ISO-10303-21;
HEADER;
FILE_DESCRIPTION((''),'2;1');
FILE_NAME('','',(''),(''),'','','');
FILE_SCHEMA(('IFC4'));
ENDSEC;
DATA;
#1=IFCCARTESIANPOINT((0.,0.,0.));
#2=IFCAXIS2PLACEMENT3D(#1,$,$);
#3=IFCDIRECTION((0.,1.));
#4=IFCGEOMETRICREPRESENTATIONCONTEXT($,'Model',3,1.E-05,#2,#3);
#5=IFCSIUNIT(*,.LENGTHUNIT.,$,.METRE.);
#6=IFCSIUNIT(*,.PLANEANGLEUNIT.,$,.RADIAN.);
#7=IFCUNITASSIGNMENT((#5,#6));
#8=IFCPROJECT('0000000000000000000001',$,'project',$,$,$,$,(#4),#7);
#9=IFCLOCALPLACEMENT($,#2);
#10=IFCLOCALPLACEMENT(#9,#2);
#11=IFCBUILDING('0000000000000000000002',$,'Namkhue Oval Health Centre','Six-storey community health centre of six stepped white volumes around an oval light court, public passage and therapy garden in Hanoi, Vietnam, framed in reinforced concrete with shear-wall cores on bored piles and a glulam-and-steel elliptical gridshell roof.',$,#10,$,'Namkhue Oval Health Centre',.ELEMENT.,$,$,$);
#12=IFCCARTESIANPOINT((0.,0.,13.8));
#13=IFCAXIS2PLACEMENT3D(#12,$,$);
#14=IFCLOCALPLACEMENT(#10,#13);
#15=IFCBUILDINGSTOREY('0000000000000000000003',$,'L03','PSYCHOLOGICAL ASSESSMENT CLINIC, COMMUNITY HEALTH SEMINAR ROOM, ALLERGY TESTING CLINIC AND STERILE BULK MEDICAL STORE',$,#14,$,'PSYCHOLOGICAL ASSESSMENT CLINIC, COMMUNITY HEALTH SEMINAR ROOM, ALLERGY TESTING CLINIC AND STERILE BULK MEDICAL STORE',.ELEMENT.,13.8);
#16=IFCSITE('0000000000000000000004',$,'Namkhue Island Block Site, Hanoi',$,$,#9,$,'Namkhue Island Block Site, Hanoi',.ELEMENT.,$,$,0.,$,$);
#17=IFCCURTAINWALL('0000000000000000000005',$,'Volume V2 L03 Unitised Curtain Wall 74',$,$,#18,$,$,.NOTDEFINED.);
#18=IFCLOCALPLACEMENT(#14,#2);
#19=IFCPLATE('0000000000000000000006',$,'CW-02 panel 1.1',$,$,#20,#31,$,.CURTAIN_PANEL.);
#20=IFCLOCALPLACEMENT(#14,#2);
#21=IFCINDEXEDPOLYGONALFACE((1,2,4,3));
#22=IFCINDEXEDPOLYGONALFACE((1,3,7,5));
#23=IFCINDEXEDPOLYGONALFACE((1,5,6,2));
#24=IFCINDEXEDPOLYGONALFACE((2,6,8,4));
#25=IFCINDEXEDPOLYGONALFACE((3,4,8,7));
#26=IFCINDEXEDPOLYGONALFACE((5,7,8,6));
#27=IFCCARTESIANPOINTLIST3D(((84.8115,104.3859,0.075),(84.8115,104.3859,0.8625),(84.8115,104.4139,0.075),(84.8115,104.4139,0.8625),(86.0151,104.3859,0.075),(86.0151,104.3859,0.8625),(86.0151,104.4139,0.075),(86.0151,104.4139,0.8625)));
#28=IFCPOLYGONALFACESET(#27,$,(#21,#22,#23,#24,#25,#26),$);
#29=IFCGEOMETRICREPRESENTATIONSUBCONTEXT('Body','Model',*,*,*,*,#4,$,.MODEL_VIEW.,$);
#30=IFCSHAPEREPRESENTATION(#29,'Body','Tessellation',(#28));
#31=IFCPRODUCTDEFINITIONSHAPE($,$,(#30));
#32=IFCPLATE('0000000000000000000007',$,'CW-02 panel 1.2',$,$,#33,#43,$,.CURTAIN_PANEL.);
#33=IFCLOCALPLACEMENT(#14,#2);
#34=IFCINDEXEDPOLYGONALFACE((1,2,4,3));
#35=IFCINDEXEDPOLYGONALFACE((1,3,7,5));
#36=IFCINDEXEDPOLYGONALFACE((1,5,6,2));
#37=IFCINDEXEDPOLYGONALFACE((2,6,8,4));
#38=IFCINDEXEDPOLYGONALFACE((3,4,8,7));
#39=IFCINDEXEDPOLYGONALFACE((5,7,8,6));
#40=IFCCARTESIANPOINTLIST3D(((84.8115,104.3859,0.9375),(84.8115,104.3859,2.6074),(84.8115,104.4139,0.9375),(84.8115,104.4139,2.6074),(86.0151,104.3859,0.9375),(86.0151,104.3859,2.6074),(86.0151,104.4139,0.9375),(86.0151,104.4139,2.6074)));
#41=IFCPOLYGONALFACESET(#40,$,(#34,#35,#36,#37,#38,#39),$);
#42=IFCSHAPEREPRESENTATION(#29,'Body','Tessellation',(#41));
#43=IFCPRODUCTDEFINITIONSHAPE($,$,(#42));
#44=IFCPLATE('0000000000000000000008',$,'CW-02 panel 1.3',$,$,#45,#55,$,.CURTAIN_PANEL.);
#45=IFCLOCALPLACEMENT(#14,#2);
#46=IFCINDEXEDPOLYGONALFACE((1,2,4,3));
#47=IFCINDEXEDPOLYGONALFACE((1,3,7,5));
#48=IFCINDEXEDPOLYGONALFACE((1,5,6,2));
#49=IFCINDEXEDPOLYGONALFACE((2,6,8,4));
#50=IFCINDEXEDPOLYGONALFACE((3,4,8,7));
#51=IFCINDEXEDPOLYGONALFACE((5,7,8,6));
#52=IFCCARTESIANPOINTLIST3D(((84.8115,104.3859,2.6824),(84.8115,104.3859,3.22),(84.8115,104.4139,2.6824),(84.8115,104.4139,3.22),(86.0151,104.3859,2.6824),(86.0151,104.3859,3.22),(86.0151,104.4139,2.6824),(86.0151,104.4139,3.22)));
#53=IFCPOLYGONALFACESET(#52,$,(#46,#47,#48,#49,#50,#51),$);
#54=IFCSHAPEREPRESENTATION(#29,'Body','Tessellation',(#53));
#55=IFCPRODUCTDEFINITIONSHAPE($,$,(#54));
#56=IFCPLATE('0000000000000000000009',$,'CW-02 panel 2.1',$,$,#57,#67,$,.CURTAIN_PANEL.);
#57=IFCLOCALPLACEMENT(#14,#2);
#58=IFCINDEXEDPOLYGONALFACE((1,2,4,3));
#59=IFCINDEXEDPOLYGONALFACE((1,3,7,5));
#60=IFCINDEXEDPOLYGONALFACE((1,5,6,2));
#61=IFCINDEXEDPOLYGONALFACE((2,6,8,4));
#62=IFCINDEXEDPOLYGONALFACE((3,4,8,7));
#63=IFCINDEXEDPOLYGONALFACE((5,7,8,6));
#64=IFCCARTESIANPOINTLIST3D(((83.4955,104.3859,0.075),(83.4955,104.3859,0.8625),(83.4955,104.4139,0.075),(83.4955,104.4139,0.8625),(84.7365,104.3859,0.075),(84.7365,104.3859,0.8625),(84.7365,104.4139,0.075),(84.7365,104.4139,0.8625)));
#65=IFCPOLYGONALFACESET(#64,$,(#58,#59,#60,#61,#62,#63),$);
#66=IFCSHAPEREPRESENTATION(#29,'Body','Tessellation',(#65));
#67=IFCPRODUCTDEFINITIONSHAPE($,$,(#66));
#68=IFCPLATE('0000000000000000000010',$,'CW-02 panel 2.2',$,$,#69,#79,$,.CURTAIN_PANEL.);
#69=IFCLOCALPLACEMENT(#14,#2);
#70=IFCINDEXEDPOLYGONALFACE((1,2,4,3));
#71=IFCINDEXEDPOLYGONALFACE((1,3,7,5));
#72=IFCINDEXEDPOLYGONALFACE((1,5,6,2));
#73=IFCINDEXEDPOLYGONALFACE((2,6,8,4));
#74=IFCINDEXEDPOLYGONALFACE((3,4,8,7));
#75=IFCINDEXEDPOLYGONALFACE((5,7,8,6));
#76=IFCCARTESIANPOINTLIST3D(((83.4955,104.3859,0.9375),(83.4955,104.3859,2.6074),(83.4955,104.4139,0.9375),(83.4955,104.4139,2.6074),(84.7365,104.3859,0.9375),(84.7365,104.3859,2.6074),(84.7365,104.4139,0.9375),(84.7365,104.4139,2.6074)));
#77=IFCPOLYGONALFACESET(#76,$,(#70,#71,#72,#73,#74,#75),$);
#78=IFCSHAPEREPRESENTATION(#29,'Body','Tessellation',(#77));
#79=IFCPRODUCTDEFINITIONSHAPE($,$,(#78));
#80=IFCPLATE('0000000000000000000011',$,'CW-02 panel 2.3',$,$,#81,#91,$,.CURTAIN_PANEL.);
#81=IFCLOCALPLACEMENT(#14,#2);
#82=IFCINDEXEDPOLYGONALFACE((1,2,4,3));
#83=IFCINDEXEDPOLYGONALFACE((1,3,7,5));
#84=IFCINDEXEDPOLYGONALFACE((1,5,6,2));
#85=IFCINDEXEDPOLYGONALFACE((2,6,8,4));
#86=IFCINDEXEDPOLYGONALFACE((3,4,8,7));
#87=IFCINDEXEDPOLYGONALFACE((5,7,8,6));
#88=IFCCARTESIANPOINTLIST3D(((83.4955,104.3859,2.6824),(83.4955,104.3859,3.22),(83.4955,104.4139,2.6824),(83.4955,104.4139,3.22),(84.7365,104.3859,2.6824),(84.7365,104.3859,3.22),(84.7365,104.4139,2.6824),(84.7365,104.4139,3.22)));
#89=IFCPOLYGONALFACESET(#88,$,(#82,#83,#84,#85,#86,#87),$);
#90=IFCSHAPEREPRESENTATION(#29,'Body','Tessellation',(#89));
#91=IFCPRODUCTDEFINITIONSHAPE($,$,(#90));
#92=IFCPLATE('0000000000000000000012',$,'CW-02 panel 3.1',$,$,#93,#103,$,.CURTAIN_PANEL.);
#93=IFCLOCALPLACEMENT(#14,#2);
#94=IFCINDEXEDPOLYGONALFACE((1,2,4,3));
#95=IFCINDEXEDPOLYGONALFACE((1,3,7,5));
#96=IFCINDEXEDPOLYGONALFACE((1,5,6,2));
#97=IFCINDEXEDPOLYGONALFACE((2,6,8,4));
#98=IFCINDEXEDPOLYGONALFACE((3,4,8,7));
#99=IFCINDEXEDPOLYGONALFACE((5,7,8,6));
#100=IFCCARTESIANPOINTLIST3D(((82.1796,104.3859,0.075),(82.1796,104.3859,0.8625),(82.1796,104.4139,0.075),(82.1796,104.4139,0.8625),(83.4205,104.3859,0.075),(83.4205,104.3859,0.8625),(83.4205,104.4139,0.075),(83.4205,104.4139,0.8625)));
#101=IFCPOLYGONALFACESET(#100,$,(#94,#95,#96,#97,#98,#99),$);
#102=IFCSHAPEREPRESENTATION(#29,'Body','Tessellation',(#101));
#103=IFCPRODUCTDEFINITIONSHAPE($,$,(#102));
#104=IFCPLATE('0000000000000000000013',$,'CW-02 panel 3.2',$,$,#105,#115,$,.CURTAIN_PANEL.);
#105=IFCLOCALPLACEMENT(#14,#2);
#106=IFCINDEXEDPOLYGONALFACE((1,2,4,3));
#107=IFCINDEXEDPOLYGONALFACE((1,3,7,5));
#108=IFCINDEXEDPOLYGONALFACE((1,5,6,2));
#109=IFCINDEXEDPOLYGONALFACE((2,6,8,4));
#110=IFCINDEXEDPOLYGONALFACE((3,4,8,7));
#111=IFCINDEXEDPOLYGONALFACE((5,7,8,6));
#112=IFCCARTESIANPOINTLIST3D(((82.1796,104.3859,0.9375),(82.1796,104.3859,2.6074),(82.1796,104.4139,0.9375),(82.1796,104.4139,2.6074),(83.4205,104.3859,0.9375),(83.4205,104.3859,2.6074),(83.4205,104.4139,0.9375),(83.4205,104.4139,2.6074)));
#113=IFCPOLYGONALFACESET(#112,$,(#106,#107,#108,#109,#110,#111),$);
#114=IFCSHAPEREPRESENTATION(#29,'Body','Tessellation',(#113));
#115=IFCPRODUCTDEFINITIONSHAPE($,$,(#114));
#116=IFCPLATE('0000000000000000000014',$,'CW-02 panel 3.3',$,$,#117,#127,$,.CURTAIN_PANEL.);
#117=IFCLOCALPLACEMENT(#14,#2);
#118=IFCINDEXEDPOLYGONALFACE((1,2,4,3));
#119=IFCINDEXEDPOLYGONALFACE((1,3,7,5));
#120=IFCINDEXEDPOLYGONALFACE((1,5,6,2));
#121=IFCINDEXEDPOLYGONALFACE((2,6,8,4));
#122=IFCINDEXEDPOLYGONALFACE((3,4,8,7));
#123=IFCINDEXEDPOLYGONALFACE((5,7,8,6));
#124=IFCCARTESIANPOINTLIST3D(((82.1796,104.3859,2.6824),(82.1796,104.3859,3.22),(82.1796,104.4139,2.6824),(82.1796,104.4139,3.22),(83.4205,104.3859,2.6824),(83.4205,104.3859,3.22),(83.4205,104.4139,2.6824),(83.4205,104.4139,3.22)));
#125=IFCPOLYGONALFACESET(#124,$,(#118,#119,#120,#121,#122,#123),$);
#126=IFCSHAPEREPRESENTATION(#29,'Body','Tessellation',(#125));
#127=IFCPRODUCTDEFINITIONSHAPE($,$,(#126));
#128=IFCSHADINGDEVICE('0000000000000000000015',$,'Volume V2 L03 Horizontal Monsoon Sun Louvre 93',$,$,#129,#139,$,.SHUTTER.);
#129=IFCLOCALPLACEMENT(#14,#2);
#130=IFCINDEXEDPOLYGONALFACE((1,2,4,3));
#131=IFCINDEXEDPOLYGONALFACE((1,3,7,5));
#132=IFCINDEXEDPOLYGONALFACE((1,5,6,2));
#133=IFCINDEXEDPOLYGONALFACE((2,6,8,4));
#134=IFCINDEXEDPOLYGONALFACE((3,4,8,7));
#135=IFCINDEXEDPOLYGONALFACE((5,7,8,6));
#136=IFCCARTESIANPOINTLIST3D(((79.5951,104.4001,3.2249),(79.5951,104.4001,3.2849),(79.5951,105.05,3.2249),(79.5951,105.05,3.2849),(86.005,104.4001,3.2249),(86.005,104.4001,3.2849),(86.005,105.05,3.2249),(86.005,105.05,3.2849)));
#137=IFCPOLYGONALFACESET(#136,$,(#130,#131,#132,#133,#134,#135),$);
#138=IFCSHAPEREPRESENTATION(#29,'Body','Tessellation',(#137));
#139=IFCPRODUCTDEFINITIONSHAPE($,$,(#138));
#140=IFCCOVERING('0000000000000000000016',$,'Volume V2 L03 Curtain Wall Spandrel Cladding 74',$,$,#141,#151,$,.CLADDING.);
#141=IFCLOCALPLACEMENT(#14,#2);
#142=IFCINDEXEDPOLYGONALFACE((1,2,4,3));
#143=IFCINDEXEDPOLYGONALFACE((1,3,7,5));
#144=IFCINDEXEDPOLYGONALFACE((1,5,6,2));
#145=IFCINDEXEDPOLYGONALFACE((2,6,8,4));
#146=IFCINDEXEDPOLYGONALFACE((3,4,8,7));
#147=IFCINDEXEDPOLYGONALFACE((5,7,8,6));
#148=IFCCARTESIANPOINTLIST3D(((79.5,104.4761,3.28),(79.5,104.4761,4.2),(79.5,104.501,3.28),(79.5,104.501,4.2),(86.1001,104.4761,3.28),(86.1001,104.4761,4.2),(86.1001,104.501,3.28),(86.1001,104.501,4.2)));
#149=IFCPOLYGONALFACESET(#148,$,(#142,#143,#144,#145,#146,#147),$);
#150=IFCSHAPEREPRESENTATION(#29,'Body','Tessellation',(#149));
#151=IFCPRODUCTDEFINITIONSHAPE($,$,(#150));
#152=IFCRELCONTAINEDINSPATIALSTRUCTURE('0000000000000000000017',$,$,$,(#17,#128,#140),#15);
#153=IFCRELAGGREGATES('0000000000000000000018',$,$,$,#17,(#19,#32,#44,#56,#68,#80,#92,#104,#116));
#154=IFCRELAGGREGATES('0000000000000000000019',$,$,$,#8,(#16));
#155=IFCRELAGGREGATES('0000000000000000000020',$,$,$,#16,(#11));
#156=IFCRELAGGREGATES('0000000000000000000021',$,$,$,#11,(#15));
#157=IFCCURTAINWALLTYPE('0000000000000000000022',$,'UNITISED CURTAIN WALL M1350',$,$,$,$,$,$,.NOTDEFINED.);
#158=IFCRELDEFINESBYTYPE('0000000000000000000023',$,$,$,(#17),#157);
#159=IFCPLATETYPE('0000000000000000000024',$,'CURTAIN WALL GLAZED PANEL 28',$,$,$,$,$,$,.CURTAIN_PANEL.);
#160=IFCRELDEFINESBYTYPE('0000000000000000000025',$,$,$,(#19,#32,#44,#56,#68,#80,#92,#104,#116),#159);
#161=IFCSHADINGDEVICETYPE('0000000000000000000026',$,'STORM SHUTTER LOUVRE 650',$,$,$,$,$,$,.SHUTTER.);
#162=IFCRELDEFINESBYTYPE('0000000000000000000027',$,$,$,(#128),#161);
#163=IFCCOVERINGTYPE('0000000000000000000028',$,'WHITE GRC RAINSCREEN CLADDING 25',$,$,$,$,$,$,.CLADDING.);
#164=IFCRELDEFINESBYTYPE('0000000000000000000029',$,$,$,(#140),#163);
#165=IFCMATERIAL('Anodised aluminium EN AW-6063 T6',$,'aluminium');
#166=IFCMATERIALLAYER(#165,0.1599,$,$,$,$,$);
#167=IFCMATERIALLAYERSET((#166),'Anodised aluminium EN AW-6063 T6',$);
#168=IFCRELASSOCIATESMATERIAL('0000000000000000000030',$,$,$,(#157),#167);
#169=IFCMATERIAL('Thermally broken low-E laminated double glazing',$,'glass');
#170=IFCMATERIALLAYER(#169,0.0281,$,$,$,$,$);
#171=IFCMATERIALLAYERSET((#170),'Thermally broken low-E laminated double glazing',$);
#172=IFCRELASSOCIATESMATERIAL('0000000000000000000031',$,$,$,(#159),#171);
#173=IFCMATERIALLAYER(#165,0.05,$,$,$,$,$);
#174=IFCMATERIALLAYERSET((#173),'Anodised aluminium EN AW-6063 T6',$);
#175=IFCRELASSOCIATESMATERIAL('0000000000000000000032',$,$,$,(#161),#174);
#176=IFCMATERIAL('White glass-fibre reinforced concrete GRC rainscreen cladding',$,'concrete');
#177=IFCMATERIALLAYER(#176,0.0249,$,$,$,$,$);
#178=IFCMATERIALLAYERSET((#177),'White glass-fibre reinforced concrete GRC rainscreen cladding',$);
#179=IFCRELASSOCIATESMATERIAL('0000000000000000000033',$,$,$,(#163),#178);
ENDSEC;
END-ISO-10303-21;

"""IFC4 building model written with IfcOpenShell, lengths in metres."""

from ifc_helpers import new_model, si_unit, direction, frame, origin, origin_2d, place, context, subcontext, project, spatial, rectangle, extrude, material, layer, layer_set, type_object, element, aggregate, save


model = new_model("IFC4")

# Units and contexts
model_context = context("Model", 3, precision=1e-05, world=origin(), true_north=direction((0.0, 1.0)))
body_context = subcontext(model_context, "Body", "Model", "MODEL_VIEW")
ifc_project = project(units=[si_unit("LENGTHUNIT", "METRE"), si_unit("PLANEANGLEUNIT", "RADIAN")], contexts=[model_context])

# Site, building, storey
site_placement = place(None, origin())
site = spatial("IfcSite", under=ifc_project, at=site_placement, Name="Namkhue Island Block Site, Hanoi", LongName="Namkhue Island Block Site, Hanoi", CompositionType="ELEMENT", RefElevation=0.0)
building_placement = place(site_placement, origin())
building = spatial("IfcBuilding", under=site, at=building_placement, Name="Namkhue Oval Health Centre", Description="Six-storey community health centre of six stepped white volumes around an oval light court, public passage and therapy garden in Hanoi, Vietnam, framed in reinforced concrete with shear-wall cores on bored piles and a glulam-and-steel elliptical gridshell roof.", LongName="Namkhue Oval Health Centre", CompositionType="ELEMENT")
storey_placement = place(building_placement, frame((0.0, 0.0, 13.8)))
storey = spatial("IfcBuildingStorey", under=building, at=storey_placement, Name="L03", Description="PSYCHOLOGICAL ASSESSMENT CLINIC, COMMUNITY HEALTH SEMINAR ROOM, ALLERGY TESTING CLINIC AND STERILE BULK MEDICAL STORE", LongName="PSYCHOLOGICAL ASSESSMENT CLINIC, COMMUNITY HEALTH SEMINAR ROOM, ALLERGY TESTING CLINIC AND STERILE BULK MEDICAL STORE", CompositionType="ELEMENT", Elevation=13.8)

# Curtain wall
ifc_material_1 = material(Name="Anodised aluminium EN AW-6063 T6", Category="aluminium")
ifc_layer_1 = layer(ifc_material_1, 0.1599)
ifc_layer_set_1 = layer_set([ifc_layer_1], Name="Anodised aluminium EN AW-6063 T6")
curtain_wall_type_1 = type_object("IfcCurtainWallType", Name="UNITISED CURTAIN WALL M1350", PredefinedType="NOTDEFINED", material=ifc_layer_set_1)
curtain_wall_1_placement = place(storey_placement, origin())
curtain_wall_1 = element("IfcCurtainWall", 1, at=curtain_wall_1_placement, inside=storey, type_object=curtain_wall_type_1, Name="Volume V2 L03 Unitised Curtain Wall 74", PredefinedType="NOTDEFINED")

# Plates
ifc_material_2 = material(Name="Thermally broken low-E laminated double glazing", Category="glass")
ifc_layer_2 = layer(ifc_material_2, 0.0281)
ifc_layer_set_2 = layer_set([ifc_layer_2], Name="Thermally broken low-E laminated double glazing")
plate_type_1 = type_object("IfcPlateType", Name="CURTAIN WALL GLAZED PANEL 28", PredefinedType="CURTAIN_PANEL", material=ifc_layer_set_2)
plate_1_placement = place(storey_placement, frame((85.4133, 104.3999, 0.075), z_axis=(0.0, 0.0, 1.0), x_axis=(-1.0, 0.0, 0.0)))
plate_1 = element("IfcPlate", 2, at=plate_1_placement, type_object=plate_type_1, Name="CW-02 panel 1.1", PredefinedType="CURTAIN_PANEL", context=body_context, shape_type="SweptSolid", body=[
    extrude(rectangle(XDim=1.2036, YDim=0.0281, at=origin_2d()), origin(), (0.0, 0.0, 1.0), 0.7876),
])
plate_2_placement = place(storey_placement, frame((85.4133, 104.3999, 0.9375), z_axis=(0.0, 0.0, 1.0), x_axis=(-1.0, 0.0, 0.0)))
plate_2 = element("IfcPlate", 3, at=plate_2_placement, type_object=plate_type_1, Name="CW-02 panel 1.2", PredefinedType="CURTAIN_PANEL", context=body_context, shape_type="SweptSolid", body=[
    extrude(rectangle(XDim=1.2036, YDim=0.0281, at=origin_2d()), origin(), (0.0, 0.0, 1.0), 1.6699),
])
plate_3_placement = place(storey_placement, frame((85.4133, 104.3999, 2.6824), z_axis=(0.0, 0.0, 1.0), x_axis=(-1.0, 0.0, 0.0)))
plate_3 = element("IfcPlate", 4, at=plate_3_placement, type_object=plate_type_1, Name="CW-02 panel 1.3", PredefinedType="CURTAIN_PANEL", context=body_context, shape_type="SweptSolid", body=[
    extrude(rectangle(XDim=1.2036, YDim=0.0281, at=origin_2d()), origin(), (0.0, 0.0, 1.0), 0.5376),
])
plate_4_placement = place(storey_placement, frame((84.116, 104.3999, 0.075), z_axis=(0.0, 0.0, 1.0), x_axis=(-1.0, 0.0, 0.0)))
plate_4 = element("IfcPlate", 5, at=plate_4_placement, type_object=plate_type_1, Name="CW-02 panel 2.1", PredefinedType="CURTAIN_PANEL", context=body_context, shape_type="SweptSolid", body=[
    extrude(rectangle(XDim=1.241, YDim=0.0281, at=origin_2d()), origin(), (0.0, 0.0, 1.0), 0.7876),
])
plate_5_placement = place(storey_placement, frame((84.116, 104.3999, 0.9375), z_axis=(0.0, 0.0, 1.0), x_axis=(-1.0, 0.0, 0.0)))
plate_5 = element("IfcPlate", 6, at=plate_5_placement, type_object=plate_type_1, Name="CW-02 panel 2.2", PredefinedType="CURTAIN_PANEL", context=body_context, shape_type="SweptSolid", body=[
    extrude(rectangle(XDim=1.241, YDim=0.0281, at=origin_2d()), origin(), (0.0, 0.0, 1.0), 1.6699),
])
plate_6_placement = place(storey_placement, frame((84.116, 104.3999, 2.6824), z_axis=(0.0, 0.0, 1.0), x_axis=(-1.0, 0.0, 0.0)))
plate_6 = element("IfcPlate", 7, at=plate_6_placement, type_object=plate_type_1, Name="CW-02 panel 2.3", PredefinedType="CURTAIN_PANEL", context=body_context, shape_type="SweptSolid", body=[
    extrude(rectangle(XDim=1.241, YDim=0.0281, at=origin_2d()), origin(), (0.0, 0.0, 1.0), 0.5376),
])
plate_7_placement = place(storey_placement, frame((82.8, 104.3999, 0.075), z_axis=(0.0, 0.0, 1.0), x_axis=(-1.0, 0.0, 0.0)))
plate_7 = element("IfcPlate", 8, at=plate_7_placement, type_object=plate_type_1, Name="CW-02 panel 3.1", PredefinedType="CURTAIN_PANEL", context=body_context, shape_type="SweptSolid", body=[
    extrude(rectangle(XDim=1.241, YDim=0.0281, at=origin_2d()), origin(), (0.0, 0.0, 1.0), 0.7876),
])
plate_8_placement = place(storey_placement, frame((82.8, 104.3999, 0.9375), z_axis=(0.0, 0.0, 1.0), x_axis=(-1.0, 0.0, 0.0)))
plate_8 = element("IfcPlate", 9, at=plate_8_placement, type_object=plate_type_1, Name="CW-02 panel 3.2", PredefinedType="CURTAIN_PANEL", context=body_context, shape_type="SweptSolid", body=[
    extrude(rectangle(XDim=1.241, YDim=0.0281, at=origin_2d()), origin(), (0.0, 0.0, 1.0), 1.6699),
])
plate_9_placement = place(storey_placement, frame((82.8, 104.3999, 2.6824), z_axis=(0.0, 0.0, 1.0), x_axis=(-1.0, 0.0, 0.0)))
plate_9 = element("IfcPlate", 10, at=plate_9_placement, type_object=plate_type_1, Name="CW-02 panel 3.3", PredefinedType="CURTAIN_PANEL", context=body_context, shape_type="SweptSolid", body=[
    extrude(rectangle(XDim=1.241, YDim=0.0281, at=origin_2d()), origin(), (0.0, 0.0, 1.0), 0.5376),
])
aggregate(curtain_wall_1, [plate_1, plate_2, plate_3, plate_4, plate_5, plate_6, plate_7, plate_8, plate_9])

# Shading device
ifc_layer_3 = layer(ifc_material_1, 0.05)
ifc_layer_set_3 = layer_set([ifc_layer_3], Name="Anodised aluminium EN AW-6063 T6")
shading_device_type = type_object("IfcShadingDeviceType", Name="STORM SHUTTER LOUVRE 650", PredefinedType="SHUTTER", material=ifc_layer_set_3)
shading_device_placement = place(storey_placement, frame((82.8, 104.7251, 3.2249), z_axis=(0.0, 0.0, 1.0), x_axis=(-1.0, 0.0, 0.0)))
element("IfcShadingDevice", 11, at=shading_device_placement, inside=storey, type_object=shading_device_type, Name="Volume V2 L03 Horizontal Monsoon Sun Louvre 93", PredefinedType="SHUTTER", context=body_context, shape_type="SweptSolid", body=[
    extrude(rectangle(XDim=6.4099, YDim=0.6499, at=origin_2d()), origin(), (0.0, 0.0, 1.0), 0.0601),
])

# Covering
ifc_material_3 = material(Name="White glass-fibre reinforced concrete GRC rainscreen cladding", Category="concrete")
ifc_layer_4 = layer(ifc_material_3, 0.0249)
ifc_layer_set_4 = layer_set([ifc_layer_4], Name="White glass-fibre reinforced concrete GRC rainscreen cladding")
covering_type = type_object("IfcCoveringType", Name="WHITE GRC RAINSCREEN CLADDING 25", PredefinedType="CLADDING", material=ifc_layer_set_4)
covering_placement = place(storey_placement, frame((82.8, 104.4885, 3.28), z_axis=(0.0, 0.0, 1.0), x_axis=(-1.0, 0.0, 0.0)))
element("IfcCovering", 12, at=covering_placement, inside=storey, type_object=covering_type, Name="Volume V2 L03 Curtain Wall Spandrel Cladding 74", PredefinedType="CLADDING", context=body_context, shape_type="SweptSolid", body=[
    extrude(rectangle(XDim=6.6001, YDim=0.0249, at=origin_2d()), origin(), (0.0, 0.0, 1.0), 0.9199),
])

save(model, "model.ifc")
